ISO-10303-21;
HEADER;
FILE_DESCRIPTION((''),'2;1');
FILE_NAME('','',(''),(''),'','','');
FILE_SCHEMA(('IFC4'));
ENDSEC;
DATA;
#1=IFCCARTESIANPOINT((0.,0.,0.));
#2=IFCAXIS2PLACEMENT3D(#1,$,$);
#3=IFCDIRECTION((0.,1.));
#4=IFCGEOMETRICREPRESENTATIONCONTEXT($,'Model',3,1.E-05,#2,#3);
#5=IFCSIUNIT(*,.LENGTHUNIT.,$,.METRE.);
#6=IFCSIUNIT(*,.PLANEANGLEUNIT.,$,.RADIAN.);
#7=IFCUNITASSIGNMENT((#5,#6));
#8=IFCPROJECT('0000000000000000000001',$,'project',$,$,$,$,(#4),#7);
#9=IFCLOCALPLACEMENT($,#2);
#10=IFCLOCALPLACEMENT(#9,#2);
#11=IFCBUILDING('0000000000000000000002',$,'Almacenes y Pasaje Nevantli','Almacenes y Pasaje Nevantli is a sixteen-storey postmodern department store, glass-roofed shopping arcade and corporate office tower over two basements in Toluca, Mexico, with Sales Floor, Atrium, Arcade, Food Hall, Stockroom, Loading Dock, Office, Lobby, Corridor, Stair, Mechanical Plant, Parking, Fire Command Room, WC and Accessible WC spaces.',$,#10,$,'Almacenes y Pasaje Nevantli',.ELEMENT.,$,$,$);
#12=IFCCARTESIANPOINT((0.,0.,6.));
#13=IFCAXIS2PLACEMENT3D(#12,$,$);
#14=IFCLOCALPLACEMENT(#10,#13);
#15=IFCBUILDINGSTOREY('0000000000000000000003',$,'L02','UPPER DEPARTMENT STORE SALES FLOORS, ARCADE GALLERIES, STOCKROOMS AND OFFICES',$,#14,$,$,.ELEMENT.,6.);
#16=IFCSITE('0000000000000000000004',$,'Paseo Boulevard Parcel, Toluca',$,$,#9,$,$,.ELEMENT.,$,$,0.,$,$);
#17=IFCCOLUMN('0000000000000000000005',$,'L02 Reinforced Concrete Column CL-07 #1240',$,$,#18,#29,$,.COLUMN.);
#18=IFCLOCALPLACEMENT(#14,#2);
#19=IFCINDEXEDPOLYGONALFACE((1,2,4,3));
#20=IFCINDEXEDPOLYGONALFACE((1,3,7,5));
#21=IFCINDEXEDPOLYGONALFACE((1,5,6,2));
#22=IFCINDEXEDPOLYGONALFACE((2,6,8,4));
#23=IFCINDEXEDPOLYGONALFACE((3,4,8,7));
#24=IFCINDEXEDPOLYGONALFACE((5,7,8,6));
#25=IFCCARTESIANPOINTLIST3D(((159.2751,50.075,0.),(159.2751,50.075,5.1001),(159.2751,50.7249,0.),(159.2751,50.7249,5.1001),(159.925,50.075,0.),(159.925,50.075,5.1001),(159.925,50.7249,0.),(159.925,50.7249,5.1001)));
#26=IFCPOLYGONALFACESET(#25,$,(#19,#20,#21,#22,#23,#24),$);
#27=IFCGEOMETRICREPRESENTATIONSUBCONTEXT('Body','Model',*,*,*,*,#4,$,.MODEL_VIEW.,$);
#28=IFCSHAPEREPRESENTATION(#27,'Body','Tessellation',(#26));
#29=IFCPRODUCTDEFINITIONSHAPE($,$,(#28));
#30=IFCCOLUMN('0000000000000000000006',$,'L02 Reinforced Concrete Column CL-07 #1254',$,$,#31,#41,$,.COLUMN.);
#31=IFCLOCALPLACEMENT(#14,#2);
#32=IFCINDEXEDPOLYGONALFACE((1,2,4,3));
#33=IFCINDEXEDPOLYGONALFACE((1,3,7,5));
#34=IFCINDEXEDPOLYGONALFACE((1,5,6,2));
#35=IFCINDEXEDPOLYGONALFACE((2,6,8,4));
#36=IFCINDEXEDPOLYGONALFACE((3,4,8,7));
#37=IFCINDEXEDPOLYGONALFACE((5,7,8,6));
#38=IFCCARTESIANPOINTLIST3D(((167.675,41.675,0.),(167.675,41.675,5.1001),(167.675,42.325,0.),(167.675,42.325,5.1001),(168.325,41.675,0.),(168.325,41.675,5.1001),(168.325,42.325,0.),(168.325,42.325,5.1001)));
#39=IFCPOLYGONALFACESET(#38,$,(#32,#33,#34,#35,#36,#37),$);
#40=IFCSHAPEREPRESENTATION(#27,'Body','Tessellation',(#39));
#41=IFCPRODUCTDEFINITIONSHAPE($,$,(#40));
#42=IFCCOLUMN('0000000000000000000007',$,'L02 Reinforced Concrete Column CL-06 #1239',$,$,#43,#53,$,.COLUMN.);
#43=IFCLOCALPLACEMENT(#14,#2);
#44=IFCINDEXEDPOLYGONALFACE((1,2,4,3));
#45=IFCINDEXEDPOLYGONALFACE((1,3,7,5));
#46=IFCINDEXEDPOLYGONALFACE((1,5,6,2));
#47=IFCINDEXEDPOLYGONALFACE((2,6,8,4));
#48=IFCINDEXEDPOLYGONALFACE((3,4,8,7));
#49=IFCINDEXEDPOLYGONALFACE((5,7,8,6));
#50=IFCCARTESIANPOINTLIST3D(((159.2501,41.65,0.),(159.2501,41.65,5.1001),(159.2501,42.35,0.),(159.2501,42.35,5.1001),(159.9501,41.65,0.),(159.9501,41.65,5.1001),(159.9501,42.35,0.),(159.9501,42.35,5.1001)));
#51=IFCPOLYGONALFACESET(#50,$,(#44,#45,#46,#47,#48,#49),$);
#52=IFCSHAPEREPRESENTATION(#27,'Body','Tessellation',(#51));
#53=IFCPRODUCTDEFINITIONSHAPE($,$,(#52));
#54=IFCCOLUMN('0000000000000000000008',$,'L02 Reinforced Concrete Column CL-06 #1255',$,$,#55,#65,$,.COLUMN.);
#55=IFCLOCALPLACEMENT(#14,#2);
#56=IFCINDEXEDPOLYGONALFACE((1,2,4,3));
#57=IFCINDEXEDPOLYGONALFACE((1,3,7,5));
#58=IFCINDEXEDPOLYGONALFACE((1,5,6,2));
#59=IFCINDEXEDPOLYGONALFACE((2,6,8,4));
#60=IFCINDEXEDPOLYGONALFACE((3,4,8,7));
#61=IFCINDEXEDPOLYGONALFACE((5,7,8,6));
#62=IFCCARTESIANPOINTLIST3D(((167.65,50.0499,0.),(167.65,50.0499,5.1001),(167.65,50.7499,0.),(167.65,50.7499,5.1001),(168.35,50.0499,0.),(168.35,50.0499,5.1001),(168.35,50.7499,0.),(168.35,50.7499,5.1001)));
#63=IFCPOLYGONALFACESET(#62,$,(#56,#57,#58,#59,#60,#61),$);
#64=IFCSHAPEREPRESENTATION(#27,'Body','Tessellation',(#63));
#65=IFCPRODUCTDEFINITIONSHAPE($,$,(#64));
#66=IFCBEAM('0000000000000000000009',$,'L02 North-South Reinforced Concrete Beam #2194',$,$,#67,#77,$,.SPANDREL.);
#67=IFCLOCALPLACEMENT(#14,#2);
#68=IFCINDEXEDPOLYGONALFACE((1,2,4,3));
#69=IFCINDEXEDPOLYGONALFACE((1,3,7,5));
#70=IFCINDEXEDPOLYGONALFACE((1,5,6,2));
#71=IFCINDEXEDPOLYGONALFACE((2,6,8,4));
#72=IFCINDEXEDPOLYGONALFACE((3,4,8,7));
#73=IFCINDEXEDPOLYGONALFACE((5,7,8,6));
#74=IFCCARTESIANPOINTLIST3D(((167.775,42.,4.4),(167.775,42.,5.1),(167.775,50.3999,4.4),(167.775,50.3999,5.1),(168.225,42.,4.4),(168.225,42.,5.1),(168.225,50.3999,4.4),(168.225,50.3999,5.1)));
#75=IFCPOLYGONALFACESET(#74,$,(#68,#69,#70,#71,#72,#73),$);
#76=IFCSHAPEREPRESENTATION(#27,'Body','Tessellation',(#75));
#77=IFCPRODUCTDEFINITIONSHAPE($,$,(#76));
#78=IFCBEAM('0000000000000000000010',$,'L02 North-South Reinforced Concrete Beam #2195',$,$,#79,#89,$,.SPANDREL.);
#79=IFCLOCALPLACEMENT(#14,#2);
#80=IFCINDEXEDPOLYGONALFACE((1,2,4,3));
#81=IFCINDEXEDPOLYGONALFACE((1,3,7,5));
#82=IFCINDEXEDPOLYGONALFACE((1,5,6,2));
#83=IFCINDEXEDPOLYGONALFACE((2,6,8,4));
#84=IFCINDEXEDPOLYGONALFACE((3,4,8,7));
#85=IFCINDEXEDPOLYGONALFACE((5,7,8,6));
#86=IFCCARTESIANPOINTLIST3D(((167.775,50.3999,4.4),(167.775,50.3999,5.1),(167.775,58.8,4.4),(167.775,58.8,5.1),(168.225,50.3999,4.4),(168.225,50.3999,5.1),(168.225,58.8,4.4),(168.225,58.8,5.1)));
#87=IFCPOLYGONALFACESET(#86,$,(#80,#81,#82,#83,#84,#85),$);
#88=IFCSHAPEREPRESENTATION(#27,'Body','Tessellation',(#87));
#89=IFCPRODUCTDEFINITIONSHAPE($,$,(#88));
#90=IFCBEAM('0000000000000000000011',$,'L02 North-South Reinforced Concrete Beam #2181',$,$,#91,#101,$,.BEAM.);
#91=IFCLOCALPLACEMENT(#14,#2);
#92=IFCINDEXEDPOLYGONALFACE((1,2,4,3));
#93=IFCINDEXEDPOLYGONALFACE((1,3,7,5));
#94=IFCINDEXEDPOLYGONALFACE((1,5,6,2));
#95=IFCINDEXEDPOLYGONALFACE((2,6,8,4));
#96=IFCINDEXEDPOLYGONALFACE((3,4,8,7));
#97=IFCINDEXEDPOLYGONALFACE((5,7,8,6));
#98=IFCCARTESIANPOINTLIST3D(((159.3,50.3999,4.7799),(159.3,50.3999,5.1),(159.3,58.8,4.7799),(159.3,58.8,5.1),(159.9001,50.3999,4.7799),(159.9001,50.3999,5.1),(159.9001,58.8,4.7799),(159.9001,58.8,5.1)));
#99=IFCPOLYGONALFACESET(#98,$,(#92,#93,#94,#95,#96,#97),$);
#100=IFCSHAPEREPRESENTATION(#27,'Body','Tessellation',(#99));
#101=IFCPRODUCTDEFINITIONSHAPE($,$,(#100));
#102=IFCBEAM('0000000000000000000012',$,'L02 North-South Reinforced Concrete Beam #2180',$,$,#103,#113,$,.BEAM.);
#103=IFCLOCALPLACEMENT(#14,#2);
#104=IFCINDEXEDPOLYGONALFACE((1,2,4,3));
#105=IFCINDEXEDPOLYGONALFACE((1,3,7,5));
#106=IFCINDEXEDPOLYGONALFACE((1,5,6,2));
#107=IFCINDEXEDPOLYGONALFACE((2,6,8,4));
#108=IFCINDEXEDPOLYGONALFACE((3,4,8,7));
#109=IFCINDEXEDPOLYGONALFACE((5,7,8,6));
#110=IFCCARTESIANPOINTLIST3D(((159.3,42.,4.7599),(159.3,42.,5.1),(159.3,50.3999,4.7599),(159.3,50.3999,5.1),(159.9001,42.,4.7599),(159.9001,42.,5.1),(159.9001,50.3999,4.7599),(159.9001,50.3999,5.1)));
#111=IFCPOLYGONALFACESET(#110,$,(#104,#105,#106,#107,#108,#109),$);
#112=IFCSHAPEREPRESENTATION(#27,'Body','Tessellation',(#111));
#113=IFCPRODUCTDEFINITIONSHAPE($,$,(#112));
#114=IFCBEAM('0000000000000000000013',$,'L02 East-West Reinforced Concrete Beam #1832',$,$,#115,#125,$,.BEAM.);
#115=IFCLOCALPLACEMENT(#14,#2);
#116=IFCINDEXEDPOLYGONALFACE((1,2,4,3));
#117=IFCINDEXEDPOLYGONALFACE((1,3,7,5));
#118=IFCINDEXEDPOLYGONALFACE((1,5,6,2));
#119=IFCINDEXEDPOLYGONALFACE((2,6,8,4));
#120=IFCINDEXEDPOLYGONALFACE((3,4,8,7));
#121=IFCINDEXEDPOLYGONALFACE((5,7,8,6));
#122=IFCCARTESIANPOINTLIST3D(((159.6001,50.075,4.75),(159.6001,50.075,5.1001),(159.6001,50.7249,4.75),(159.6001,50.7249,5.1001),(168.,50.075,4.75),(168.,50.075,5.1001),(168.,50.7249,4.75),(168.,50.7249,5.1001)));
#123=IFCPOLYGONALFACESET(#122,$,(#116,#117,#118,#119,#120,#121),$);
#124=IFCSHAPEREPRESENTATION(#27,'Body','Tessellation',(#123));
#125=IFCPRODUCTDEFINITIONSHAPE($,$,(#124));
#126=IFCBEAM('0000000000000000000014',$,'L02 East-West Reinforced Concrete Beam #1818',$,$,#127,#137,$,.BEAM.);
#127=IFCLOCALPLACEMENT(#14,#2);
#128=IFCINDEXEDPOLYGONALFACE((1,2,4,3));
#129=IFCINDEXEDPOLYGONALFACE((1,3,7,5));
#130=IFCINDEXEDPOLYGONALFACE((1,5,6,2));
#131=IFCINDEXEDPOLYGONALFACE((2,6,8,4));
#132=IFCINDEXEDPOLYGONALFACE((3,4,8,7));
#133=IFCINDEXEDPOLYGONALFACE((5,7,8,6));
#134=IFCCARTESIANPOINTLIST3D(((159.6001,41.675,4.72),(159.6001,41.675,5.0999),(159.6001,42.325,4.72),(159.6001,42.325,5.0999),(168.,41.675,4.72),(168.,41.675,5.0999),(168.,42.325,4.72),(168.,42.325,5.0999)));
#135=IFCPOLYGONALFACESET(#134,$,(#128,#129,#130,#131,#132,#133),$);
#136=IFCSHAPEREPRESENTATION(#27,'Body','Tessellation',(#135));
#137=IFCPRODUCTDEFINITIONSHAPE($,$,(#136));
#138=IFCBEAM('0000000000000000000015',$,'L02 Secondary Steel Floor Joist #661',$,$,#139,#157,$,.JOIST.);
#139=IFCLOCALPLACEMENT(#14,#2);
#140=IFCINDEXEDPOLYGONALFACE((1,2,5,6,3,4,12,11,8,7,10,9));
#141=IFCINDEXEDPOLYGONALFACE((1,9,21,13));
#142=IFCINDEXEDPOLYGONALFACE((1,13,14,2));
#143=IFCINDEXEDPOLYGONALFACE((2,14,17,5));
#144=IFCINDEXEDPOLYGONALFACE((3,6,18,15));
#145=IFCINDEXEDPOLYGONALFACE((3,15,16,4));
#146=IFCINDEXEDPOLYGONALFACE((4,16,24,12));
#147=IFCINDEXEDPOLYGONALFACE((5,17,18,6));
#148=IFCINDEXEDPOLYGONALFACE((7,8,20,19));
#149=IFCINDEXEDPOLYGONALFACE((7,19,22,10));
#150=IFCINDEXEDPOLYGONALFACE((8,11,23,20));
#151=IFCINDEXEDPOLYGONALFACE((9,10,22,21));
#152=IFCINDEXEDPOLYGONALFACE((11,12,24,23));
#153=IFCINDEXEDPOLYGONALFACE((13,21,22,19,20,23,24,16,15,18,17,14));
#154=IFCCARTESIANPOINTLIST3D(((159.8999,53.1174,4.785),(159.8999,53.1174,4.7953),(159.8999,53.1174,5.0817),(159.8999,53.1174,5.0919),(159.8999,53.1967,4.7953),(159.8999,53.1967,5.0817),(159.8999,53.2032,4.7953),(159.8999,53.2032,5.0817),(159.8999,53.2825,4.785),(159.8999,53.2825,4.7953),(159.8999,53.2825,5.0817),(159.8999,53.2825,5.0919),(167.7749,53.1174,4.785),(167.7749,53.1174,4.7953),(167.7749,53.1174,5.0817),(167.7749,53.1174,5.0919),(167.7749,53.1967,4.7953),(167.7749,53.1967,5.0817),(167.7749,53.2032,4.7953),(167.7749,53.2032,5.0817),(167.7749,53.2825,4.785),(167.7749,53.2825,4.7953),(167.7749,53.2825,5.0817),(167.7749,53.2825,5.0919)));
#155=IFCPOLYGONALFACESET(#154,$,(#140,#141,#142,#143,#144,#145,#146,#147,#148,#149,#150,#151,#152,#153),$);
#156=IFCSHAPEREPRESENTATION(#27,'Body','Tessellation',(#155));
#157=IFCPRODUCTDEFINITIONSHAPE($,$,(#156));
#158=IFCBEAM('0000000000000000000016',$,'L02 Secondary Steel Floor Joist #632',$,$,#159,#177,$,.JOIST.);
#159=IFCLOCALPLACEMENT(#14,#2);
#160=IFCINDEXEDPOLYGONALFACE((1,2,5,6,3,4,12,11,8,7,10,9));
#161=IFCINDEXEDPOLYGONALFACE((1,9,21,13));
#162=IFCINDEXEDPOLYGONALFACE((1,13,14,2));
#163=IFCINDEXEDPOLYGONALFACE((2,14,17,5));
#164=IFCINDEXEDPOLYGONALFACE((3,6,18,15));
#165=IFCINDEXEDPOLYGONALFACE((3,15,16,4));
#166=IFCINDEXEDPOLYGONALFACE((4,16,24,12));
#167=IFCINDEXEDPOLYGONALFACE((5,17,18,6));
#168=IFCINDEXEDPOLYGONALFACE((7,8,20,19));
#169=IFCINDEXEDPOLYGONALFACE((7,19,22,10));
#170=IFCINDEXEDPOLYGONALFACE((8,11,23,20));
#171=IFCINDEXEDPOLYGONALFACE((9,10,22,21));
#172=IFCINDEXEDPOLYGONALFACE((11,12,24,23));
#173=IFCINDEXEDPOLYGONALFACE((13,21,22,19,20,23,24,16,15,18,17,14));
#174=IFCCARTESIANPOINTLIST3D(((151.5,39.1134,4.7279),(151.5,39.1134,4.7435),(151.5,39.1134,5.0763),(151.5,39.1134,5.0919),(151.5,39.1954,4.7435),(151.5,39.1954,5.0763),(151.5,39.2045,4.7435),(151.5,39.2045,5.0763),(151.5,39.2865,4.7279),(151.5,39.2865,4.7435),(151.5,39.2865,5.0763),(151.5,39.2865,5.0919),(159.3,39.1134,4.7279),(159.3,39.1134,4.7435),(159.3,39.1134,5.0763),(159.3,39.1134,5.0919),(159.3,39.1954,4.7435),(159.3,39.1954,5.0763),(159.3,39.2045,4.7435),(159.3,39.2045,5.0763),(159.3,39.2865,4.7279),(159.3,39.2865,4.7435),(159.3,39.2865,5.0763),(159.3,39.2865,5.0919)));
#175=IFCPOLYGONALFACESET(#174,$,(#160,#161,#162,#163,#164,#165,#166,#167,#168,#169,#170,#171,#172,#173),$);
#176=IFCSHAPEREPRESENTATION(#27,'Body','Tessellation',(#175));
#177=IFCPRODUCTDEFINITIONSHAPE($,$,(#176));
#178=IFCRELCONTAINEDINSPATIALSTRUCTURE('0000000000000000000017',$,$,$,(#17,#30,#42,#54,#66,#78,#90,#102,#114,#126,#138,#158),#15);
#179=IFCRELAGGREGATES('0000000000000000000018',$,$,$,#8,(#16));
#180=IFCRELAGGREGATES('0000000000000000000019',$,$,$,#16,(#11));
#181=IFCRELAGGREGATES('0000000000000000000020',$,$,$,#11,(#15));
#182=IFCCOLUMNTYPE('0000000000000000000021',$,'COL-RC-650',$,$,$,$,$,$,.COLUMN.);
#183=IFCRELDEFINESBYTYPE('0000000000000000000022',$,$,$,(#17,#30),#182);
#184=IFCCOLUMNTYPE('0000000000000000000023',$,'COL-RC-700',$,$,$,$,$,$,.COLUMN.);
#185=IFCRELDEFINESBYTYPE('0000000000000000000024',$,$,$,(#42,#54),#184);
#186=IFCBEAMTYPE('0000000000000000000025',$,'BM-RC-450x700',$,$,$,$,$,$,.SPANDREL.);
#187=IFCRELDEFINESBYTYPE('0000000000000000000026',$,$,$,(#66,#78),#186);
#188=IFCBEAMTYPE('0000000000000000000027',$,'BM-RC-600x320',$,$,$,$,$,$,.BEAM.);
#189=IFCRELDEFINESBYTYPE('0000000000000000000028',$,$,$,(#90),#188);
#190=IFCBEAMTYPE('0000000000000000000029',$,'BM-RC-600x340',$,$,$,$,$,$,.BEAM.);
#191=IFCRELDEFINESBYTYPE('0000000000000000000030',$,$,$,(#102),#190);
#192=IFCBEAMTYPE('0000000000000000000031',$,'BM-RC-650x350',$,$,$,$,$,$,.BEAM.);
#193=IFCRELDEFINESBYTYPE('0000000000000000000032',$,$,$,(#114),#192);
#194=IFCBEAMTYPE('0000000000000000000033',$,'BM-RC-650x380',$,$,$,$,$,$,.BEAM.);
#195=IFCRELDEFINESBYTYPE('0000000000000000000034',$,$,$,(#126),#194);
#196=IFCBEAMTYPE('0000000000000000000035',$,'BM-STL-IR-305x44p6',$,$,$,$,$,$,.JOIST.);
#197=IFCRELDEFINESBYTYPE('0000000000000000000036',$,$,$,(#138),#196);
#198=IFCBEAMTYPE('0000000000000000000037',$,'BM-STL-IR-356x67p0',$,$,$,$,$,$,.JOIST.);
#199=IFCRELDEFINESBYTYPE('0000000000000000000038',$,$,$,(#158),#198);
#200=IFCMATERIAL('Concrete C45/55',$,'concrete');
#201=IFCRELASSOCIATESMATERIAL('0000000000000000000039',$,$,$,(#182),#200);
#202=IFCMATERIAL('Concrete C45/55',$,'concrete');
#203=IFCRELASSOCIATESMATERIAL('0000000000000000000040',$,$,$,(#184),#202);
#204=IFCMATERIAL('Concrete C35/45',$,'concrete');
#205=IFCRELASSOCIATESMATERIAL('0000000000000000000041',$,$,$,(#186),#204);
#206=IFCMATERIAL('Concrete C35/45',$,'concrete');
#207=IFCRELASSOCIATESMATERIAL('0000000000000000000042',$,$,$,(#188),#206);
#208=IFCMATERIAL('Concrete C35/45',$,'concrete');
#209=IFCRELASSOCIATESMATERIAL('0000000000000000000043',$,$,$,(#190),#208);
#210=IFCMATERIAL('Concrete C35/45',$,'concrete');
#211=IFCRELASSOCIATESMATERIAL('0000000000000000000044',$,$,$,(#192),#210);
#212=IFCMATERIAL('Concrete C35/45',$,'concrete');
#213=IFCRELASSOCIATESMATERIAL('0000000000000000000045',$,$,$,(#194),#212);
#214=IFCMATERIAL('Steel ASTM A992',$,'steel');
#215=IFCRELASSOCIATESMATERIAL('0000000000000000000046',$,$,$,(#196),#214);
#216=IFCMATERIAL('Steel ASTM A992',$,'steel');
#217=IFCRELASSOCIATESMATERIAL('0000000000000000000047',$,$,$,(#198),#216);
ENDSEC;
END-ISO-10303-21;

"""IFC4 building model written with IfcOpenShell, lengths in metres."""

from ifc_helpers import new_model, si_unit, direction, frame, origin, origin_2d, place, context, subcontext, project, spatial, rectangle, i_section, extrude, material, material_profile, profile_set, type_object, element, save


model = new_model("IFC4")

# Units and contexts
model_context = context("Model", 3, precision=1e-05, world=origin(), true_north=direction((0.0, 1.0)))
body_context = subcontext(model_context, "Body", "Model", "MODEL_VIEW")
ifc_project = project(units=[si_unit("LENGTHUNIT", "METRE"), si_unit("PLANEANGLEUNIT", "RADIAN")], contexts=[model_context])

# Site, building, storey
site_placement = place(None, origin())
site = spatial("IfcSite", under=ifc_project, at=site_placement, Name="Paseo Boulevard Parcel, Toluca", CompositionType="ELEMENT", RefElevation=0.0)
building_placement = place(site_placement, origin())
building = spatial("IfcBuilding", under=site, at=building_placement, Name="Almacenes y Pasaje Nevantli", Description="Almacenes y Pasaje Nevantli is a sixteen-storey postmodern department store, glass-roofed shopping arcade and corporate office tower over two basements in Toluca, Mexico, with Sales Floor, Atrium, Arcade, Food Hall, Stockroom, Loading Dock, Office, Lobby, Corridor, Stair, Mechanical Plant, Parking, Fire Command Room, WC and Accessible WC spaces.", LongName="Almacenes y Pasaje Nevantli", CompositionType="ELEMENT")
storey_placement = place(building_placement, frame((0.0, 0.0, 6.0)))
storey = spatial("IfcBuildingStorey", under=building, at=storey_placement, Name="L02", Description="UPPER DEPARTMENT STORE SALES FLOORS, ARCADE GALLERIES, STOCKROOMS AND OFFICES", CompositionType="ELEMENT", Elevation=6.0)

# Columns
ifc_material_1 = material(Name="Concrete C45/55", Category="concrete")
ifc_material_profile_1 = material_profile(ifc_material_1, rectangle(XDim=0.6499, YDim=0.6499, at=origin_2d()), Name="RC-COL-650x650")
ifc_profile_set_1 = profile_set([ifc_material_profile_1], Name="Concrete C45/55")
column_type_1 = type_object("IfcColumnType", Name="COL-RC-650", PredefinedType="COLUMN", material=ifc_profile_set_1)
for number, where, z_axis, x_axis, name in (
    (1, (159.6001, 50.3999, 0.0), (0.0, 0.0, 1.0), (1.0, 0.0, 0.0), "L02 Reinforced Concrete Column CL-07 #1240"),
    (2, (168.0, 42.0, 0.0), (0.0, 0.0, 1.0), (1.0, 0.0, 0.0), "L02 Reinforced Concrete Column CL-07 #1254"),
):
    element("IfcColumn", number, at=place(storey_placement, frame(where, z_axis=z_axis, x_axis=x_axis)), inside=storey, type_object=column_type_1, Name=name, PredefinedType="COLUMN", context=body_context, shape_type="SweptSolid", body=[
        extrude(rectangle(XDim=0.6499, YDim=0.6499, at=origin_2d()), origin(), (0.0, 0.0, 1.0), 5.1001),
    ])
ifc_material_2 = material(Name="Concrete C45/55", Category="concrete")
ifc_material_profile_2 = material_profile(ifc_material_2, rectangle(XDim=0.7, YDim=0.7, at=origin_2d()), Name="RC-COL-700x700")
ifc_profile_set_2 = profile_set([ifc_material_profile_2], Name="Concrete C45/55")
column_type_2 = type_object("IfcColumnType", Name="COL-RC-700", PredefinedType="COLUMN", material=ifc_profile_set_2)
for number, where, z_axis, x_axis, name in (
    (3, (159.6001, 42.0, 0.0), (0.0, 0.0, 1.0), (1.0, 0.0, 0.0), "L02 Reinforced Concrete Column CL-06 #1239"),
    (4, (168.0, 50.3999, 0.0), (0.0, 0.0, 1.0), (1.0, 0.0, 0.0), "L02 Reinforced Concrete Column CL-06 #1255"),
):
    element("IfcColumn", number, at=place(storey_placement, frame(where, z_axis=z_axis, x_axis=x_axis)), inside=storey, type_object=column_type_2, Name=name, PredefinedType="COLUMN", context=body_context, shape_type="SweptSolid", body=[
        extrude(rectangle(XDim=0.7, YDim=0.7, at=origin_2d()), origin(), (0.0, 0.0, 1.0), 5.1001),
    ])

# Beams
ifc_material_3 = material(Name="Concrete C35/45", Category="concrete")
ifc_material_profile_3 = material_profile(ifc_material_3, rectangle(XDim=0.45, YDim=0.7, at=origin_2d()), Name="RC-BM-450x700")
ifc_profile_set_3 = profile_set([ifc_material_profile_3], Name="Concrete C35/45")
beam_type_1 = type_object("IfcBeamType", Name="BM-RC-450x700", PredefinedType="SPANDREL", material=ifc_profile_set_3)
beam_1_placement = place(storey_placement, frame((168.0, 42.0, 4.75), z_axis=(0.0, 1.0, 0.0), x_axis=(-1.0, 0.0, 0.0)))
element("IfcBeam", 5, at=beam_1_placement, inside=storey, type_object=beam_type_1, Name="L02 North-South Reinforced Concrete Beam #2194", PredefinedType="SPANDREL", context=body_context, shape_type="SweptSolid", body=[
    extrude(rectangle(XDim=0.45, YDim=0.7, at=origin_2d()), origin(), (0.0, 0.0, 1.0), 8.3999),
])
beam_2_placement = place(storey_placement, frame((168.0, 50.3999, 4.75), z_axis=(0.0, 1.0, 0.0), x_axis=(-1.0, 0.0, 0.0)))
element("IfcBeam", 6, at=beam_2_placement, inside=storey, type_object=beam_type_1, Name="L02 North-South Reinforced Concrete Beam #2195", PredefinedType="SPANDREL", context=body_context, shape_type="SweptSolid", body=[
    extrude(rectangle(XDim=0.45, YDim=0.7, at=origin_2d()), origin(), (0.0, 0.0, 1.0), 8.4001),
])
ifc_material_4 = material(Name="Concrete C35/45", Category="concrete")
ifc_material_profile_4 = material_profile(ifc_material_4, rectangle(XDim=0.6001, YDim=0.3201, at=origin_2d()), Name="RC-BM-600x320")
ifc_profile_set_4 = profile_set([ifc_material_profile_4], Name="Concrete C35/45")
beam_type_2 = type_object("IfcBeamType", Name="BM-RC-600x320", PredefinedType="BEAM", material=ifc_profile_set_4)
beam_3_placement = place(storey_placement, frame((159.6001, 50.3999, 4.9399), z_axis=(0.0, 1.0, 0.0), x_axis=(-1.0, 0.0, 0.0)))
element("IfcBeam", 7, at=beam_3_placement, inside=storey, type_object=beam_type_2, Name="L02 North-South Reinforced Concrete Beam #2181", PredefinedType="BEAM", context=body_context, shape_type="SweptSolid", body=[
    extrude(rectangle(XDim=0.6001, YDim=0.3201, at=origin_2d()), origin(), (0.0, 0.0, 1.0), 8.4001),
])
ifc_material_5 = material(Name="Concrete C35/45", Category="concrete")
ifc_material_profile_5 = material_profile(ifc_material_5, rectangle(XDim=0.6001, YDim=0.3401, at=origin_2d()), Name="RC-BM-600x340")
ifc_profile_set_5 = profile_set([ifc_material_profile_5], Name="Concrete C35/45")
beam_type_3 = type_object("IfcBeamType", Name="BM-RC-600x340", PredefinedType="BEAM", material=ifc_profile_set_5)
beam_4_placement = place(storey_placement, frame((159.6001, 42.0, 4.9299), z_axis=(0.0, 1.0, 0.0), x_axis=(-1.0, 0.0, 0.0)))
element("IfcBeam", 8, at=beam_4_placement, inside=storey, type_object=beam_type_3, Name="L02 North-South Reinforced Concrete Beam #2180", PredefinedType="BEAM", context=body_context, shape_type="SweptSolid", body=[
    extrude(rectangle(XDim=0.6001, YDim=0.3401, at=origin_2d()), origin(), (0.0, 0.0, 1.0), 8.3999),
])
ifc_material_6 = material(Name="Concrete C35/45", Category="concrete")
ifc_material_profile_6 = material_profile(ifc_material_6, rectangle(XDim=0.6499, YDim=0.3501, at=origin_2d()), Name="RC-BM-650x350")
ifc_profile_set_6 = profile_set([ifc_material_profile_6], Name="Concrete C35/45")
beam_type_4 = type_object("IfcBeamType", Name="BM-RC-650x350", PredefinedType="BEAM", material=ifc_profile_set_6)
beam_5_placement = place(storey_placement, frame((159.6001, 50.3999, 4.925), z_axis=(1.0, 0.0, 0.0), x_axis=(0.0, 1.0, 0.0)))
element("IfcBeam", 9, at=beam_5_placement, inside=storey, type_object=beam_type_4, Name="L02 East-West Reinforced Concrete Beam #1832", PredefinedType="BEAM", context=body_context, shape_type="SweptSolid", body=[
    extrude(rectangle(XDim=0.6499, YDim=0.3501, at=origin_2d()), origin(), (0.0, 0.0, 1.0), 8.3999),
])
ifc_material_7 = material(Name="Concrete C35/45", Category="concrete")
ifc_material_profile_7 = material_profile(ifc_material_7, rectangle(XDim=0.6499, YDim=0.3799, at=origin_2d()), Name="RC-BM-650x380")
ifc_profile_set_7 = profile_set([ifc_material_profile_7], Name="Concrete C35/45")
beam_type_5 = type_object("IfcBeamType", Name="BM-RC-650x380", PredefinedType="BEAM", material=ifc_profile_set_7)
beam_6_placement = place(storey_placement, frame((159.6001, 42.0, 4.9099), z_axis=(1.0, 0.0, 0.0), x_axis=(0.0, 1.0, 0.0)))
element("IfcBeam", 10, at=beam_6_placement, inside=storey, type_object=beam_type_5, Name="L02 East-West Reinforced Concrete Beam #1818", PredefinedType="BEAM", context=body_context, shape_type="SweptSolid", body=[
    extrude(rectangle(XDim=0.6499, YDim=0.3799, at=origin_2d()), origin(), (0.0, 0.0, 1.0), 8.3999),
])
ifc_material_8 = material(Name="Steel ASTM A992", Category="steel")
ifc_material_profile_8 = material_profile(ifc_material_8, i_section(OverallWidth=0.165, OverallDepth=0.3069, WebThickness=0.0066, FlangeThickness=0.0103, at=origin_2d()), Name="IR 305x44.6")
ifc_profile_set_8 = profile_set([ifc_material_profile_8], Name="Steel ASTM A992")
beam_type_6 = type_object("IfcBeamType", Name="BM-STL-IR-305x44p6", PredefinedType="JOIST", material=ifc_profile_set_8)
beam_7_placement = place(storey_placement, frame((159.8999, 53.2, 4.9385), z_axis=(1.0, 0.0, 0.0), x_axis=(0.0, 1.0, 0.0)))
element("IfcBeam", 11, at=beam_7_placement, inside=storey, type_object=beam_type_6, Name="L02 Secondary Steel Floor Joist #661", PredefinedType="JOIST", context=body_context, shape_type="SweptSolid", body=[
    extrude(i_section(OverallWidth=0.165, OverallDepth=0.3069, WebThickness=0.0066, FlangeThickness=0.0103, at=origin_2d()), origin(), (0.0, 0.0, 1.0), 7.875),
])
ifc_material_9 = material(Name="Steel ASTM A992", Category="steel")
ifc_material_profile_9 = material_profile(ifc_material_9, i_section(OverallWidth=0.1731, OverallDepth=0.364, WebThickness=0.009, FlangeThickness=0.0156, at=origin_2d()), Name="IR 356x67.0")
ifc_profile_set_9 = profile_set([ifc_material_profile_9], Name="Steel ASTM A992")
beam_type_7 = type_object("IfcBeamType", Name="BM-STL-IR-356x67p0", PredefinedType="JOIST", material=ifc_profile_set_9)
beam_8_placement = place(storey_placement, frame((151.5, 39.2, 4.9099), z_axis=(1.0, 0.0, 0.0), x_axis=(0.0, 1.0, 0.0)))
element("IfcBeam", 12, at=beam_8_placement, inside=storey, type_object=beam_type_7, Name="L02 Secondary Steel Floor Joist #632", PredefinedType="JOIST", context=body_context, shape_type="SweptSolid", body=[
    extrude(i_section(OverallWidth=0.1731, OverallDepth=0.364, WebThickness=0.009, FlangeThickness=0.0156, at=origin_2d()), origin(), (0.0, 0.0, 1.0), 7.8),
])

save(model, "model.ifc")
